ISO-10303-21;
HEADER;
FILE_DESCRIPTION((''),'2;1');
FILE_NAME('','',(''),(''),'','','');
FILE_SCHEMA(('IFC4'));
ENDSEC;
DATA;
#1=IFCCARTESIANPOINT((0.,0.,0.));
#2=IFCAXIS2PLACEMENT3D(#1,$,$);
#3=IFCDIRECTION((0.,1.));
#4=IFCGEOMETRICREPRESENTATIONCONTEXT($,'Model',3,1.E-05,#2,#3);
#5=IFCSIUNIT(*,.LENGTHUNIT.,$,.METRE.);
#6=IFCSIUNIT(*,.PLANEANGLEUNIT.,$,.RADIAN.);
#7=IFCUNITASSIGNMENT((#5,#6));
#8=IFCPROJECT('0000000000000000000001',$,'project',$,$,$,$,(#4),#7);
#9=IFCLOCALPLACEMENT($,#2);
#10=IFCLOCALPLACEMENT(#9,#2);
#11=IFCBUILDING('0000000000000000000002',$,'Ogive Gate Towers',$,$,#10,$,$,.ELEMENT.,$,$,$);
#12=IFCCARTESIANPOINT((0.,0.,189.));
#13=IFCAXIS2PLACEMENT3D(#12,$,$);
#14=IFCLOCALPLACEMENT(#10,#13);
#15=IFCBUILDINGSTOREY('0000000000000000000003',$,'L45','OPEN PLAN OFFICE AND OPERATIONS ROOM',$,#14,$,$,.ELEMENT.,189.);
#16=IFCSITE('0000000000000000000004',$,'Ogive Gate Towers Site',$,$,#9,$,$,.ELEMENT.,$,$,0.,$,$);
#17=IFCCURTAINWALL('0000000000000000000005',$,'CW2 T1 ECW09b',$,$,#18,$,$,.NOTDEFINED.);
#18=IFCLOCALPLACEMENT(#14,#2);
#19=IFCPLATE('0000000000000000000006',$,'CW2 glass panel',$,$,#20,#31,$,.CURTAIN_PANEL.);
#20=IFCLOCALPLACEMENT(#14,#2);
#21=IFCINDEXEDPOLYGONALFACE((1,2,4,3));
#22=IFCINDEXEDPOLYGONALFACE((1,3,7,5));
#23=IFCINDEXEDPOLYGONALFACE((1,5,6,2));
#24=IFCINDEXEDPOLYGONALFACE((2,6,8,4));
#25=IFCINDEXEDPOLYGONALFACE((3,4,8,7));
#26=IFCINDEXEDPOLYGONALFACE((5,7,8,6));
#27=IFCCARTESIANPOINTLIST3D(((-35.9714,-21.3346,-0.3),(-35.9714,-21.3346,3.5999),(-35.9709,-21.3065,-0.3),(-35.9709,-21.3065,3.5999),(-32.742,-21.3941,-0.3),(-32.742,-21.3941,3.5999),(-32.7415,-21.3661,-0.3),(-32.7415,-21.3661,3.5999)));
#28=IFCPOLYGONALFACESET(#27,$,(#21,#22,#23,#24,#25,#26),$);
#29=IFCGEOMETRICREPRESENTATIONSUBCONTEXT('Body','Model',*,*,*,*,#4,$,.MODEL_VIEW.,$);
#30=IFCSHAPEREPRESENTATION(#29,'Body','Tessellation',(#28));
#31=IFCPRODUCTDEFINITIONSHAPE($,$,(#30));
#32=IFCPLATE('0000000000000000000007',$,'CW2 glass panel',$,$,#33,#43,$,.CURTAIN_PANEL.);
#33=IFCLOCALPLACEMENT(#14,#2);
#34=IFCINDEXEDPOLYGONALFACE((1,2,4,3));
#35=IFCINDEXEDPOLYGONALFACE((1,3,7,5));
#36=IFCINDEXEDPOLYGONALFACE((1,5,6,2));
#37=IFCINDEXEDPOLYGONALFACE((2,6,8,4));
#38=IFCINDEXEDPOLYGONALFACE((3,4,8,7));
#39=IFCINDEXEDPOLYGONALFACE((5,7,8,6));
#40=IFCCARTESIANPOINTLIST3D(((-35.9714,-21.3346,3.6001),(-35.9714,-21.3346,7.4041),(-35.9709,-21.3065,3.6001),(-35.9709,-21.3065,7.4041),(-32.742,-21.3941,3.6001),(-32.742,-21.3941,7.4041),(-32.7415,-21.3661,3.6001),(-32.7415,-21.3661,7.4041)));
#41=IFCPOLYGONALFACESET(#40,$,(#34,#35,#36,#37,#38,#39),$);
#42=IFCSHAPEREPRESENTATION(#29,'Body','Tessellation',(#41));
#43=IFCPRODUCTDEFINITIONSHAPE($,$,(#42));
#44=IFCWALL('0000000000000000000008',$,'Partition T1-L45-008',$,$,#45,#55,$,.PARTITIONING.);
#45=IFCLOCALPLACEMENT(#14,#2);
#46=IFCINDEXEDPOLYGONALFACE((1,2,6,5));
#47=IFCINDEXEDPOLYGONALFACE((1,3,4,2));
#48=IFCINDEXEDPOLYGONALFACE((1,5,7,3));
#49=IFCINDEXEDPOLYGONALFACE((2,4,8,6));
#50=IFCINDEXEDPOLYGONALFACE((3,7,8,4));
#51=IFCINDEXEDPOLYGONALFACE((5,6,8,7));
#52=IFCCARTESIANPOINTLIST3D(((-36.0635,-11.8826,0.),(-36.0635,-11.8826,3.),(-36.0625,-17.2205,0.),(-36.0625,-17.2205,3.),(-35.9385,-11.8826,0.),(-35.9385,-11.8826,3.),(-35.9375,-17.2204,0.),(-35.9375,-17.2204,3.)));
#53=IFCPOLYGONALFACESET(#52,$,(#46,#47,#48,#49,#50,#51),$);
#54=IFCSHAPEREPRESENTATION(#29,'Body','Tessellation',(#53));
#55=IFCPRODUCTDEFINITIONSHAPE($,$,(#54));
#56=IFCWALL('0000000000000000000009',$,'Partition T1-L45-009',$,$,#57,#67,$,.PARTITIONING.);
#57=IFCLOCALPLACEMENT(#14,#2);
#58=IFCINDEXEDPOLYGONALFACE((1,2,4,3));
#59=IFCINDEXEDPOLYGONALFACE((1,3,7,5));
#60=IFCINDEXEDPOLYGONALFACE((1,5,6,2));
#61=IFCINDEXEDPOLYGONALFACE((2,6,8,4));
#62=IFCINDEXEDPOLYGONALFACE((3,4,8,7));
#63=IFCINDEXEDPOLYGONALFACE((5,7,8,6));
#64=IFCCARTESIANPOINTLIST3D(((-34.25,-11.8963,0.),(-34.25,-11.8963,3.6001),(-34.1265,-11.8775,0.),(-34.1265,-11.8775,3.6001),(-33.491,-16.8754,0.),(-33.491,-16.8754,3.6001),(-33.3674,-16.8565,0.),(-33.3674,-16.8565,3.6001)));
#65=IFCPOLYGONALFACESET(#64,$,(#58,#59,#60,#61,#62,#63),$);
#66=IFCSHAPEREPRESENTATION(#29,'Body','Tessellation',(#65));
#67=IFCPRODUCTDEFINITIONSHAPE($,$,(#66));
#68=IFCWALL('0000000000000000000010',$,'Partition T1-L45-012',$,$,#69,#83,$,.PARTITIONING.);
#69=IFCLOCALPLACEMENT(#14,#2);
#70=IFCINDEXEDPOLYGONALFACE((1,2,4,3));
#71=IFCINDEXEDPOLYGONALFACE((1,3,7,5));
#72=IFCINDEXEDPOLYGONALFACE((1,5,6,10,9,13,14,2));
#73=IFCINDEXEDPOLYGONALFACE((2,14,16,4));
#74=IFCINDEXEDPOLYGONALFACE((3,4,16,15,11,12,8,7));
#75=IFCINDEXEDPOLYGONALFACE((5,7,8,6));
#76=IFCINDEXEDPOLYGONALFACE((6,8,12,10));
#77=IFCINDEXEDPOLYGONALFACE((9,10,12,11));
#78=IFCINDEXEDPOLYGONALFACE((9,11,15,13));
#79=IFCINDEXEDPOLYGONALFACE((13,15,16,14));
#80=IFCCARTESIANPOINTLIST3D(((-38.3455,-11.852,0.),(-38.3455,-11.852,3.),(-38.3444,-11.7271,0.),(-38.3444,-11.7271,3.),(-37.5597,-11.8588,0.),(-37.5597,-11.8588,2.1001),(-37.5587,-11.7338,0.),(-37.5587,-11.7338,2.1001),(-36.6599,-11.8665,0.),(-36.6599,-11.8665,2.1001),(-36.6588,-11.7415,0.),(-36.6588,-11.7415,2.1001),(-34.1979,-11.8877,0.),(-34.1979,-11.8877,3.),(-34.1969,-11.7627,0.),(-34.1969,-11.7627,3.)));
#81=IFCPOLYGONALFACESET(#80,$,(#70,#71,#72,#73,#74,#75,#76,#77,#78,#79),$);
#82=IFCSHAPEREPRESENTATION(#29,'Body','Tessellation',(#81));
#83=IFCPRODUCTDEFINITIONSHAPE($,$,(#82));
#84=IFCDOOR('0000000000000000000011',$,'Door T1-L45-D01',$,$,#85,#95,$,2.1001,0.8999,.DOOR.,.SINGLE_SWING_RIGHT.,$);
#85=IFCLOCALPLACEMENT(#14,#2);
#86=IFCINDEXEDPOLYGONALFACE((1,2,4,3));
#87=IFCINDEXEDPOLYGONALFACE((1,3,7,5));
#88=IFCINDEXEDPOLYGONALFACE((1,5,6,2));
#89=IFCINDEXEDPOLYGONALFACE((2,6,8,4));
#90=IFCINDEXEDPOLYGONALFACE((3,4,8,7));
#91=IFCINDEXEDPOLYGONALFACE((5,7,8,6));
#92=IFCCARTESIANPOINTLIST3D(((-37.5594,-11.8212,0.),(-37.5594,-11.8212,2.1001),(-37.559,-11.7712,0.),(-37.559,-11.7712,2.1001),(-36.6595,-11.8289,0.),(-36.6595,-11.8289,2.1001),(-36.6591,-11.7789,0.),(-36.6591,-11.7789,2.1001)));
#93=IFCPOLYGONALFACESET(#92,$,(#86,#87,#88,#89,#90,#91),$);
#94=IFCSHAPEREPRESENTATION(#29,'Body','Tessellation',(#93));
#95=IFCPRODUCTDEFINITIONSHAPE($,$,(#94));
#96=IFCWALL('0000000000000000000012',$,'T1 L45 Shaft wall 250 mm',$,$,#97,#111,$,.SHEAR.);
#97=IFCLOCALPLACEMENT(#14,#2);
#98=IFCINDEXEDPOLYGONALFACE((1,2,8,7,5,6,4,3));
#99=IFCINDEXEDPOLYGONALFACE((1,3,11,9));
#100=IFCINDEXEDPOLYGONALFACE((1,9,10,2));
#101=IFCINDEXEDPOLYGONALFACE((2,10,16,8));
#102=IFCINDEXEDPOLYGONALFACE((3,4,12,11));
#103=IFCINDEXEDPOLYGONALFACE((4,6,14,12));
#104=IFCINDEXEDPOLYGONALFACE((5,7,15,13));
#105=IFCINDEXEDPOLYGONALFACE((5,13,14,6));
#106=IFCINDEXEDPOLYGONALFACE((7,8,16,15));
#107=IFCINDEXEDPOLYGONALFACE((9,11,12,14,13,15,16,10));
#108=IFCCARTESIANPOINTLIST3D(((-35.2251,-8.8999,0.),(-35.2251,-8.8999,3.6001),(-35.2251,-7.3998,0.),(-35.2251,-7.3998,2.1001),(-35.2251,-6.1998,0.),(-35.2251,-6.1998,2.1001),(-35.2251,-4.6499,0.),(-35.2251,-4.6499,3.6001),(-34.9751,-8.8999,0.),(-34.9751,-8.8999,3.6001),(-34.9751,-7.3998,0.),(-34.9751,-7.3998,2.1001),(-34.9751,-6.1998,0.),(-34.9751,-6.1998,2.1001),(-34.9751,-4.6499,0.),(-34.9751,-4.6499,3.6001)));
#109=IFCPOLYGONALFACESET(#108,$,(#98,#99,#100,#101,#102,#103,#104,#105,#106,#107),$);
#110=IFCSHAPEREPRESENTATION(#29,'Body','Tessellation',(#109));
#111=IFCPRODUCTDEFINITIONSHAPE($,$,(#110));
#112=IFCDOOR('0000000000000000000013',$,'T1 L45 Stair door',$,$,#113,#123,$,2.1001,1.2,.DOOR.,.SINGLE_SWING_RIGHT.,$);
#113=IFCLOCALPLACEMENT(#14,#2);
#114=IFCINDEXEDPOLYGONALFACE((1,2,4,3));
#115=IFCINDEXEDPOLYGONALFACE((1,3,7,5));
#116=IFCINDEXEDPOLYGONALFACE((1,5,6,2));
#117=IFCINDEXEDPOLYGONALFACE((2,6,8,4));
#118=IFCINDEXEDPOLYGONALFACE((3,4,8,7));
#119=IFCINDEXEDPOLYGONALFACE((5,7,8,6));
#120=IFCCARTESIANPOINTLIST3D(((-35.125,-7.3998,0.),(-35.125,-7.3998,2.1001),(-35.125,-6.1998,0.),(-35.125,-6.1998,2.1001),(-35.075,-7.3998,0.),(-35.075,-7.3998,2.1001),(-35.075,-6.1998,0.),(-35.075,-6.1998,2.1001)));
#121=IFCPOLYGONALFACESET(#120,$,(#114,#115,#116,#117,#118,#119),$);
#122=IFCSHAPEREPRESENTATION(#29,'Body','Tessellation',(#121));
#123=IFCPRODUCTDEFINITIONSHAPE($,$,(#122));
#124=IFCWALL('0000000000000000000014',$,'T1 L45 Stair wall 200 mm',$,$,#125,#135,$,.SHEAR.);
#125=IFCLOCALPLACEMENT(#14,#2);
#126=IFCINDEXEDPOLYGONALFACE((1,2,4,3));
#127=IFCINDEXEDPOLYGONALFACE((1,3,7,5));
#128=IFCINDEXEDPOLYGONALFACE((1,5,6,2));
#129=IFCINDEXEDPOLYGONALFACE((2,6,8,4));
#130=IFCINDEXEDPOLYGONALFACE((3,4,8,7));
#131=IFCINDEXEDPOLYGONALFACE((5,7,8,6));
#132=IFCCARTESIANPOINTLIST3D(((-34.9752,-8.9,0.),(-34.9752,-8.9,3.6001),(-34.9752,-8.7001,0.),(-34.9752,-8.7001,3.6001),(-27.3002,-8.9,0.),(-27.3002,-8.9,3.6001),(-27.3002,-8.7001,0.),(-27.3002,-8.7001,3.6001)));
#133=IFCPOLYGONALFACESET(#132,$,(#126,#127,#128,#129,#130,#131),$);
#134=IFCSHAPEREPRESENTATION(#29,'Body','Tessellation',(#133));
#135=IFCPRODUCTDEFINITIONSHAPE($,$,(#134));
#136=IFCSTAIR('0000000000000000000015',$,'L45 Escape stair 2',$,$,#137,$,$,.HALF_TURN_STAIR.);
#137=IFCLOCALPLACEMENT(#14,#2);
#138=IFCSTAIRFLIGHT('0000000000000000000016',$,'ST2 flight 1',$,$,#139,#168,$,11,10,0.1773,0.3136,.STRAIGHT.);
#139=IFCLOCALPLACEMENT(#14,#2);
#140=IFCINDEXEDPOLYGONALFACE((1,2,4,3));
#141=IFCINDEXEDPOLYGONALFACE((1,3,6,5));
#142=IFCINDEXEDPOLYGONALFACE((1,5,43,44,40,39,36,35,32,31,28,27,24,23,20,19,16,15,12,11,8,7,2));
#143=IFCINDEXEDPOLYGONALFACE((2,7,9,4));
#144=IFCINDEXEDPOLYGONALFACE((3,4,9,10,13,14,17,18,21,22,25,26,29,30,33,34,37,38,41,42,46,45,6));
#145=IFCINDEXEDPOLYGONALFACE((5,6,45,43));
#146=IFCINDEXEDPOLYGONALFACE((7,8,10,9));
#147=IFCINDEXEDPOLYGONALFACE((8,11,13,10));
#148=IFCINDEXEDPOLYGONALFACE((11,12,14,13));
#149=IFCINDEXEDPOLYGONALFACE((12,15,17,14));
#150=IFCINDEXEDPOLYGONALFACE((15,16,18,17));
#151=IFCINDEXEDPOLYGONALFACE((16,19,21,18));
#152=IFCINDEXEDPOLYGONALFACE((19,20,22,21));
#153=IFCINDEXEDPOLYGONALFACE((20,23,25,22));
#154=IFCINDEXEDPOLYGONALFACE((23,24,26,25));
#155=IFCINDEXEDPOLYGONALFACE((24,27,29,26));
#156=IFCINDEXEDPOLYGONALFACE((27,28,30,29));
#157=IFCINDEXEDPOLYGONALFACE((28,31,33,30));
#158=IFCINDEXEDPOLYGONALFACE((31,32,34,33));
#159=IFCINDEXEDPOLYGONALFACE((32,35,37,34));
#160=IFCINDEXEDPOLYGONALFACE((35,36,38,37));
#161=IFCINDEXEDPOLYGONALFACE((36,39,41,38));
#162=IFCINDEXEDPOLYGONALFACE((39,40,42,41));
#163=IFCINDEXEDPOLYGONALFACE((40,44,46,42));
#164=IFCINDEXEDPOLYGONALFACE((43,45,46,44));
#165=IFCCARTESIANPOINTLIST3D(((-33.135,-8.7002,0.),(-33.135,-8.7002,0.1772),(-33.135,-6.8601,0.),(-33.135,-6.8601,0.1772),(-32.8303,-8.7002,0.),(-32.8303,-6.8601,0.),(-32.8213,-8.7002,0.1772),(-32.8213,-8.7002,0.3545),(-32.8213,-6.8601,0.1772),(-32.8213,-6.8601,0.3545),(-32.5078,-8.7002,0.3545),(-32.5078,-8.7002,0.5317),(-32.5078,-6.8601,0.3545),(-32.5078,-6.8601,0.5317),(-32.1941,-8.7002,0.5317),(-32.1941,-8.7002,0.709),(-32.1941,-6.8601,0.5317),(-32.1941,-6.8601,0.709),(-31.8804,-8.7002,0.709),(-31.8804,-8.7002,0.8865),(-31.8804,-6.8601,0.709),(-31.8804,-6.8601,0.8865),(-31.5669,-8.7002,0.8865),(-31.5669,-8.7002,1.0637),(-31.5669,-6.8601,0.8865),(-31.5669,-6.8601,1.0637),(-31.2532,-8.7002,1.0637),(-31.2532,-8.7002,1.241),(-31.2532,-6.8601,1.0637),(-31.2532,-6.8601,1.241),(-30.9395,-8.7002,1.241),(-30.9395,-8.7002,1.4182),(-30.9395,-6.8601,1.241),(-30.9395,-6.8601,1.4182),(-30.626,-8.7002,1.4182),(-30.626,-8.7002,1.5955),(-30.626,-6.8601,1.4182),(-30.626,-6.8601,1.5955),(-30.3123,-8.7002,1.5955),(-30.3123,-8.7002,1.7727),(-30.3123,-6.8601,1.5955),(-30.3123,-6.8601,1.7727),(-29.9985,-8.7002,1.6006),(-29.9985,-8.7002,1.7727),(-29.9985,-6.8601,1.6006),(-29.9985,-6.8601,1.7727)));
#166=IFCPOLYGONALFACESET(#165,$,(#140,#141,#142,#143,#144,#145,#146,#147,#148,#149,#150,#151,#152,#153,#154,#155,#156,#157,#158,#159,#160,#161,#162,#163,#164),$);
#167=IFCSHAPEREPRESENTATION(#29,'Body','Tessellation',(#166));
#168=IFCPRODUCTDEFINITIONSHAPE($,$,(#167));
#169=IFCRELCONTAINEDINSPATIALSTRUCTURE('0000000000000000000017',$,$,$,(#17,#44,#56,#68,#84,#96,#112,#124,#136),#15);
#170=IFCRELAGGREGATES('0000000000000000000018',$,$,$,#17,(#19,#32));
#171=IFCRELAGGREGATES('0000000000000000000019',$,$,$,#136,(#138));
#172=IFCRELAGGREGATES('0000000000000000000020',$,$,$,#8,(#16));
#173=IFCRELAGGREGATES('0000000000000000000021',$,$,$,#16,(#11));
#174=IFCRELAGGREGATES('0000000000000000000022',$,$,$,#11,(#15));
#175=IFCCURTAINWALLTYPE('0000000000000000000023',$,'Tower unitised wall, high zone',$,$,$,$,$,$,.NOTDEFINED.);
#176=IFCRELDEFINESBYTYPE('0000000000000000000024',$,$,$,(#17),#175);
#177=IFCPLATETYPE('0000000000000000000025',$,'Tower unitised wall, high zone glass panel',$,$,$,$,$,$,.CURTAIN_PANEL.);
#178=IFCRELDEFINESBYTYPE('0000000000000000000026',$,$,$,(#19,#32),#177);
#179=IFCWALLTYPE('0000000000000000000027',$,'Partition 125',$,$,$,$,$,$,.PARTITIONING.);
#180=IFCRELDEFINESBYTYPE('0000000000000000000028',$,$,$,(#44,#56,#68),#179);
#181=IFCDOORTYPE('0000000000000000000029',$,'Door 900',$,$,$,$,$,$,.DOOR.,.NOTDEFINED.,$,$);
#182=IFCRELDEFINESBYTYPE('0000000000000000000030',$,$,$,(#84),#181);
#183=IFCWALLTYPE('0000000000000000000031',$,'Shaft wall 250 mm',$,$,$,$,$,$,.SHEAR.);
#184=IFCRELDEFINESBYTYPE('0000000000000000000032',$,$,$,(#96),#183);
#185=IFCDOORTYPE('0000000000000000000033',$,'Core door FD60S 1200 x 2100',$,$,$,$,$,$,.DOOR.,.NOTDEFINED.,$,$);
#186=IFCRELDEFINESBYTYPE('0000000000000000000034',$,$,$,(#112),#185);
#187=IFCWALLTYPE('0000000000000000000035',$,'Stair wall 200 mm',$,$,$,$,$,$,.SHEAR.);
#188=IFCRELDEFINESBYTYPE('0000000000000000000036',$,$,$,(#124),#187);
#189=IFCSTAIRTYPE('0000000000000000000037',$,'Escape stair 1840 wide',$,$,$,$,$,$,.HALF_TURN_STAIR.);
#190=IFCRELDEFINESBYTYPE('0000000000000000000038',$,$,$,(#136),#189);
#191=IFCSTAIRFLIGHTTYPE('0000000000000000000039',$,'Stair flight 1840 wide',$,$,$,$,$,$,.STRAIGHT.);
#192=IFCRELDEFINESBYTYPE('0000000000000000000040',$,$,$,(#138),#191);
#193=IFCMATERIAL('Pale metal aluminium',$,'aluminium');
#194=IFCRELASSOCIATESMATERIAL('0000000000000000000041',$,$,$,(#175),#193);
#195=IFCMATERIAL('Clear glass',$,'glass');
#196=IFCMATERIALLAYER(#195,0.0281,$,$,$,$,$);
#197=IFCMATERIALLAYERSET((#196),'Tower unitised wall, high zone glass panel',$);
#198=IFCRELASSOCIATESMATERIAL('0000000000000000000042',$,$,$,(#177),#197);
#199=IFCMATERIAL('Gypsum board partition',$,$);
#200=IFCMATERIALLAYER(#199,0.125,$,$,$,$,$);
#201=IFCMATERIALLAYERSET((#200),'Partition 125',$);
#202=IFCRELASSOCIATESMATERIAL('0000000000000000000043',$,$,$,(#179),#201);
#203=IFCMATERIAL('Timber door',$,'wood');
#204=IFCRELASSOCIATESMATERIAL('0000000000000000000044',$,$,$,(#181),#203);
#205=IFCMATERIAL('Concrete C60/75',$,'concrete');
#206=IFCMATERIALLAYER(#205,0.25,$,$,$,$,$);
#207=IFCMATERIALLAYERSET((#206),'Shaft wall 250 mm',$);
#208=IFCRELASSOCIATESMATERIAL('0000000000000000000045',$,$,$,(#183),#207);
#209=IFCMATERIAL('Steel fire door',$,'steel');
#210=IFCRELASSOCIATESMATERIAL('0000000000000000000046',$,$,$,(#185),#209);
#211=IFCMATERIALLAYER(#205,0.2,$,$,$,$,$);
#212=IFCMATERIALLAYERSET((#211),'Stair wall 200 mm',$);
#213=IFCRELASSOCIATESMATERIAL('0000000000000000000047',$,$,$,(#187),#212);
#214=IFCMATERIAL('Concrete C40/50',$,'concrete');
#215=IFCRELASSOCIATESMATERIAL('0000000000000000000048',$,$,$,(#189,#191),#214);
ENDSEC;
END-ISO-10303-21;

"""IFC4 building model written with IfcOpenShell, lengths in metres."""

from ifc_helpers import new_model, si_unit, direction, frame, frame_2d, origin, origin_2d, place, context, subcontext, project, spatial, polyline, rectangle, outline, extrude, material, layer, layer_set, type_object, element, fill, aggregate, save


model = new_model("IFC4")

# Units and contexts
model_context = context("Model", 3, precision=1e-05, world=origin(), true_north=direction((0.0, 1.0)))
body_context = subcontext(model_context, "Body", "Model", "MODEL_VIEW")
ifc_project = project(units=[si_unit("LENGTHUNIT", "METRE"), si_unit("PLANEANGLEUNIT", "RADIAN")], contexts=[model_context])

# Site, building, storey
site_placement = place(None, origin())
site = spatial("IfcSite", under=ifc_project, at=site_placement, Name="Ogive Gate Towers Site", CompositionType="ELEMENT", RefElevation=0.0)
building_placement = place(site_placement, origin())
building = spatial("IfcBuilding", under=site, at=building_placement, Name="Ogive Gate Towers", CompositionType="ELEMENT")
storey_placement = place(building_placement, frame((0.0, 0.0, 189.0)))
storey = spatial("IfcBuildingStorey", under=building, at=storey_placement, Name="L45", Description="OPEN PLAN OFFICE AND OPERATIONS ROOM", CompositionType="ELEMENT", Elevation=189.0)

# Shared definitions
ifc_material_1 = material(Name="Pale metal aluminium", Category="aluminium")

# Shared definitions
curtain_wall_type_1 = type_object("IfcCurtainWallType", Name="Tower unitised wall, high zone", PredefinedType="NOTDEFINED", material=ifc_material_1)

# Curtain wall
curtain_wall_1_placement = place(storey_placement, origin())
curtain_wall_1 = element("IfcCurtainWall", 1, at=curtain_wall_1_placement, inside=storey, type_object=curtain_wall_type_1, Name="CW2 T1 ECW09b", PredefinedType="NOTDEFINED")

# Plates
ifc_material_2 = material(Name="Clear glass", Category="glass")
ifc_layer_1 = layer(ifc_material_2, 0.0281)
ifc_layer_set_1 = layer_set([ifc_layer_1], Name="Tower unitised wall, high zone glass panel")
plate_type_1 = type_object("IfcPlateType", Name="Tower unitised wall, high zone glass panel", PredefinedType="CURTAIN_PANEL", material=ifc_layer_set_1)
plate_1_placement = place(storey_placement, frame((-34.3564, -21.3503, -0.3), z_axis=(0.0, 0.0, 1.0), x_axis=(0.99983, -0.01843, 0.0)))
plate_1 = element("IfcPlate", 2, at=plate_1_placement, type_object=plate_type_1, Name="CW2 glass panel", PredefinedType="CURTAIN_PANEL", context=body_context, shape_type="SweptSolid", body=[
    extrude(rectangle(XDim=3.23, YDim=0.0281, at=origin_2d()), origin(), (0.0, 0.0, 1.0), 3.8999),
])
plate_2_placement = place(storey_placement, frame((-34.3564, -21.3503, 3.6001), z_axis=(0.0, 0.0, 1.0), x_axis=(0.99983, -0.01843, 0.0)))
plate_2 = element("IfcPlate", 3, at=plate_2_placement, type_object=plate_type_1, Name="CW2 glass panel", PredefinedType="CURTAIN_PANEL", context=body_context, shape_type="SweptSolid", body=[
    extrude(rectangle(XDim=3.23, YDim=0.0281, at=origin_2d()), origin(), (0.0, 0.0, 1.0), 3.804),
])
aggregate(curtain_wall_1, [plate_1, plate_2])

# Walls
ifc_material_3 = material(Name="Gypsum board partition")
ifc_layer_2 = layer(ifc_material_3, 0.125)
ifc_layer_set_2 = layer_set([ifc_layer_2], Name="Partition 125")
wall_type_1 = type_object("IfcWallType", Name="Partition 125", PredefinedType="PARTITIONING", material=ifc_layer_set_2)
wall_1_placement = place(storey_placement, frame((-36.0, -17.2205, 0.0), z_axis=(0.0, 0.0, 1.0), x_axis=(-0.000183, 1.0, 0.0)))
element("IfcWall", 4, at=wall_1_placement, inside=storey, type_object=wall_type_1, Name="Partition T1-L45-008", PredefinedType="PARTITIONING", context=body_context, shape_type="SweptSolid", body=[
    extrude(rectangle(XDim=5.3379, YDim=0.125, at=frame_2d((2.6689, 0.0))), origin(), (0.0, 0.0, 1.0), 3.0),
])
wall_2_placement = place(storey_placement, frame((-33.4292, -16.866, 0.0), z_axis=(0.0, 0.0, 1.0), x_axis=(-0.150706, 0.988579, 0.0)))
element("IfcWall", 5, at=wall_2_placement, inside=storey, type_object=wall_type_1, Name="Partition T1-L45-009", PredefinedType="PARTITIONING", context=body_context, shape_type="SweptSolid", body=[
    extrude(rectangle(XDim=5.0366, YDim=0.125, at=frame_2d((2.5183, 0.0))), origin(), (0.0, 0.0, 1.0), 3.6001),
])

# Walls, openings, doors
wall_3_placement = place(storey_placement, frame((-34.1975, -11.8252, 0.0), z_axis=(0.0, 0.0, 1.0), x_axis=(-0.999963, 0.008594, 0.0)))
wall_3 = element("IfcWall", 6, at=wall_3_placement, inside=storey, type_object=wall_type_1, Name="Partition T1-L45-012", PredefinedType="PARTITIONING", context=body_context, shape_type="SweptSolid", body=[
    extrude(rectangle(XDim=4.1477, YDim=0.125, at=frame_2d((2.0737, 0.0))), origin(), (0.0, 0.0, 1.0), 3.0),
])
opening_1_placement = place(wall_3_placement, frame((2.4619, 0.0, 0.0)))
opening_1 = element("IfcOpeningElement", 7, at=opening_1_placement, cuts=wall_3, PredefinedType="OPENING", context=body_context, shape_type="SweptSolid", body=[
    extrude(rectangle(XDim=0.8999, YDim=2.1001, at=frame_2d((0.45, 1.05))), frame((0.0, 0.0725, 0.0), z_axis=(0.0, -1.0, 0.0), x_axis=(1.0, 0.0, 0.0)), (0.0, 0.0, 1.0), 0.145),
])
ifc_material_4 = material(Name="Timber door", Category="wood")
door_type_1 = type_object("IfcDoorType", Name="Door 900", OperationType="NOTDEFINED", PredefinedType="DOOR", material=ifc_material_4)
door_1_placement = place(opening_1_placement, origin())
door_1 = element("IfcDoor", 8, at=door_1_placement, inside=storey, type_object=door_type_1, Name="Door T1-L45-D01", OperationType="SINGLE_SWING_RIGHT", OverallHeight=2.1001, OverallWidth=0.8999, PredefinedType="DOOR", context=body_context, shape_type="SweptSolid", body=[
    extrude(rectangle(XDim=0.8999, YDim=2.1001, at=frame_2d((0.45, 1.05))), frame((0.0, 0.0249, 0.0), z_axis=(0.0, -1.0, 0.0), x_axis=(1.0, 0.0, 0.0)), (0.0, 0.0, 1.0), 0.05),
])
fill(opening_1, door_1)
ifc_material_5 = material(Name="Concrete C60/75", Category="concrete")
ifc_layer_3 = layer(ifc_material_5, 0.25)
ifc_layer_set_3 = layer_set([ifc_layer_3], Name="Shaft wall 250 mm")
wall_type_2 = type_object("IfcWallType", Name="Shaft wall 250 mm", PredefinedType="SHEAR", material=ifc_layer_set_3)
wall_4_placement = place(storey_placement, frame((-35.1001, -8.8999, 0.0), z_axis=(0.0, 0.0, 1.0), x_axis=(0.0, 1.0, 0.0)))
wall_4 = element("IfcWall", 9, at=wall_4_placement, inside=storey, type_object=wall_type_2, Name="T1 L45 Shaft wall 250 mm", PredefinedType="SHEAR", context=body_context, shape_type="SweptSolid", body=[
    extrude(rectangle(XDim=4.25, YDim=0.25, at=frame_2d((2.125, 0.0))), origin(), (0.0, 0.0, 1.0), 3.6001),
])
opening_2_placement = place(wall_4_placement, frame((1.5, 0.0, 0.0)))
opening_2 = element("IfcOpeningElement", 10, at=opening_2_placement, cuts=wall_4, PredefinedType="OPENING", context=body_context, shape_type="SweptSolid", body=[
    extrude(rectangle(XDim=1.2, YDim=2.1001, at=frame_2d((0.6001, 1.05))), frame((0.0, 0.135, 0.0), z_axis=(0.0, -1.0, 0.0), x_axis=(1.0, 0.0, 0.0)), (0.0, 0.0, 1.0), 0.27),
])
ifc_material_6 = material(Name="Steel fire door", Category="steel")
door_type_2 = type_object("IfcDoorType", Name="Core door FD60S 1200 x 2100", OperationType="NOTDEFINED", PredefinedType="DOOR", material=ifc_material_6)
door_2_placement = place(opening_2_placement, origin())
door_2 = element("IfcDoor", 11, at=door_2_placement, inside=storey, type_object=door_type_2, Name="T1 L45 Stair door", OperationType="SINGLE_SWING_RIGHT", OverallHeight=2.1001, OverallWidth=1.2, PredefinedType="DOOR", context=body_context, shape_type="SweptSolid", body=[
    extrude(rectangle(XDim=1.2, YDim=2.1001, at=frame_2d((0.6001, 1.05))), frame((0.0, 0.0249, 0.0), z_axis=(0.0, -1.0, 0.0), x_axis=(1.0, 0.0, 0.0)), (0.0, 0.0, 1.0), 0.05),
])
fill(opening_2, door_2)

# Wall
ifc_layer_4 = layer(ifc_material_5, 0.2)
ifc_layer_set_4 = layer_set([ifc_layer_4], Name="Stair wall 200 mm")
wall_type_3 = type_object("IfcWallType", Name="Stair wall 200 mm", PredefinedType="SHEAR", material=ifc_layer_set_4)
wall_5_placement = place(storey_placement, frame((-34.9751, -8.8, 0.0), z_axis=(0.0, 0.0, 1.0), x_axis=(1.0, 0.0, 0.0)))
element("IfcWall", 12, at=wall_5_placement, inside=storey, type_object=wall_type_3, Name="T1 L45 Stair wall 200 mm", PredefinedType="SHEAR", context=body_context, shape_type="SweptSolid", body=[
    extrude(rectangle(XDim=7.675, YDim=0.2, at=frame_2d((3.8374, 0.0))), origin(), (0.0, 0.0, 1.0), 3.6001),
])

# Stair, stair flight
ifc_material_7 = material(Name="Concrete C40/50", Category="concrete")
stair_type = type_object("IfcStairType", Name="Escape stair 1840 wide", PredefinedType="HALF_TURN_STAIR", material=ifc_material_7)
stair_placement = place(storey_placement, origin())
stair = element("IfcStair", 13, at=stair_placement, inside=storey, type_object=stair_type, Name="L45 Escape stair 2", PredefinedType="HALF_TURN_STAIR")
stair_flight_type = type_object("IfcStairFlightType", Name="Stair flight 1840 wide", PredefinedType="STRAIGHT", material=ifc_material_7)
stair_flight_placement = place(storey_placement, frame((-33.135, -7.78, 0.0), z_axis=(0.0, 0.0, 1.0), x_axis=(1.0, 0.0, 0.0)))
stair_flight = element("IfcStairFlight", 14, at=stair_flight_placement, type_object=stair_flight_type, Name="ST2 flight 1", NumberOfRisers=11, NumberOfTreads=10, PredefinedType="STRAIGHT", RiserHeight=0.1773, TreadLength=0.3136, context=body_context, shape_type="SweptSolid", body=[
    extrude(outline(polyline([(0.0, 0.0), (0.0, 0.1772), (0.3137, 0.1772), (0.3137, 0.3545), (0.6272, 0.3545), (0.6272, 0.5317), (0.9409, 0.5317), (0.9409, 0.709), (1.2546, 0.709), (1.2546, 0.8865), (1.5681, 0.8865), (1.5681, 1.0637), (1.8818, 1.0637), (1.8818, 1.241), (2.1956, 1.241), (2.1956, 1.4182), (2.509, 1.4182), (2.509, 1.5955), (2.8228, 1.5955), (2.8228, 1.7727), (3.1365, 1.7727), (3.1365, 1.95), (3.1365, 1.6006), (0.3047, 0.0), (0.0, 0.0)])), frame((0.0, 0.9199, 0.0), z_axis=(0.0, -1.0, 0.0), x_axis=(1.0, 0.0, 0.0)), (0.0, 0.0, 1.0), 1.8401),
])
aggregate(stair, [stair_flight])

save(model, "model.ifc")
